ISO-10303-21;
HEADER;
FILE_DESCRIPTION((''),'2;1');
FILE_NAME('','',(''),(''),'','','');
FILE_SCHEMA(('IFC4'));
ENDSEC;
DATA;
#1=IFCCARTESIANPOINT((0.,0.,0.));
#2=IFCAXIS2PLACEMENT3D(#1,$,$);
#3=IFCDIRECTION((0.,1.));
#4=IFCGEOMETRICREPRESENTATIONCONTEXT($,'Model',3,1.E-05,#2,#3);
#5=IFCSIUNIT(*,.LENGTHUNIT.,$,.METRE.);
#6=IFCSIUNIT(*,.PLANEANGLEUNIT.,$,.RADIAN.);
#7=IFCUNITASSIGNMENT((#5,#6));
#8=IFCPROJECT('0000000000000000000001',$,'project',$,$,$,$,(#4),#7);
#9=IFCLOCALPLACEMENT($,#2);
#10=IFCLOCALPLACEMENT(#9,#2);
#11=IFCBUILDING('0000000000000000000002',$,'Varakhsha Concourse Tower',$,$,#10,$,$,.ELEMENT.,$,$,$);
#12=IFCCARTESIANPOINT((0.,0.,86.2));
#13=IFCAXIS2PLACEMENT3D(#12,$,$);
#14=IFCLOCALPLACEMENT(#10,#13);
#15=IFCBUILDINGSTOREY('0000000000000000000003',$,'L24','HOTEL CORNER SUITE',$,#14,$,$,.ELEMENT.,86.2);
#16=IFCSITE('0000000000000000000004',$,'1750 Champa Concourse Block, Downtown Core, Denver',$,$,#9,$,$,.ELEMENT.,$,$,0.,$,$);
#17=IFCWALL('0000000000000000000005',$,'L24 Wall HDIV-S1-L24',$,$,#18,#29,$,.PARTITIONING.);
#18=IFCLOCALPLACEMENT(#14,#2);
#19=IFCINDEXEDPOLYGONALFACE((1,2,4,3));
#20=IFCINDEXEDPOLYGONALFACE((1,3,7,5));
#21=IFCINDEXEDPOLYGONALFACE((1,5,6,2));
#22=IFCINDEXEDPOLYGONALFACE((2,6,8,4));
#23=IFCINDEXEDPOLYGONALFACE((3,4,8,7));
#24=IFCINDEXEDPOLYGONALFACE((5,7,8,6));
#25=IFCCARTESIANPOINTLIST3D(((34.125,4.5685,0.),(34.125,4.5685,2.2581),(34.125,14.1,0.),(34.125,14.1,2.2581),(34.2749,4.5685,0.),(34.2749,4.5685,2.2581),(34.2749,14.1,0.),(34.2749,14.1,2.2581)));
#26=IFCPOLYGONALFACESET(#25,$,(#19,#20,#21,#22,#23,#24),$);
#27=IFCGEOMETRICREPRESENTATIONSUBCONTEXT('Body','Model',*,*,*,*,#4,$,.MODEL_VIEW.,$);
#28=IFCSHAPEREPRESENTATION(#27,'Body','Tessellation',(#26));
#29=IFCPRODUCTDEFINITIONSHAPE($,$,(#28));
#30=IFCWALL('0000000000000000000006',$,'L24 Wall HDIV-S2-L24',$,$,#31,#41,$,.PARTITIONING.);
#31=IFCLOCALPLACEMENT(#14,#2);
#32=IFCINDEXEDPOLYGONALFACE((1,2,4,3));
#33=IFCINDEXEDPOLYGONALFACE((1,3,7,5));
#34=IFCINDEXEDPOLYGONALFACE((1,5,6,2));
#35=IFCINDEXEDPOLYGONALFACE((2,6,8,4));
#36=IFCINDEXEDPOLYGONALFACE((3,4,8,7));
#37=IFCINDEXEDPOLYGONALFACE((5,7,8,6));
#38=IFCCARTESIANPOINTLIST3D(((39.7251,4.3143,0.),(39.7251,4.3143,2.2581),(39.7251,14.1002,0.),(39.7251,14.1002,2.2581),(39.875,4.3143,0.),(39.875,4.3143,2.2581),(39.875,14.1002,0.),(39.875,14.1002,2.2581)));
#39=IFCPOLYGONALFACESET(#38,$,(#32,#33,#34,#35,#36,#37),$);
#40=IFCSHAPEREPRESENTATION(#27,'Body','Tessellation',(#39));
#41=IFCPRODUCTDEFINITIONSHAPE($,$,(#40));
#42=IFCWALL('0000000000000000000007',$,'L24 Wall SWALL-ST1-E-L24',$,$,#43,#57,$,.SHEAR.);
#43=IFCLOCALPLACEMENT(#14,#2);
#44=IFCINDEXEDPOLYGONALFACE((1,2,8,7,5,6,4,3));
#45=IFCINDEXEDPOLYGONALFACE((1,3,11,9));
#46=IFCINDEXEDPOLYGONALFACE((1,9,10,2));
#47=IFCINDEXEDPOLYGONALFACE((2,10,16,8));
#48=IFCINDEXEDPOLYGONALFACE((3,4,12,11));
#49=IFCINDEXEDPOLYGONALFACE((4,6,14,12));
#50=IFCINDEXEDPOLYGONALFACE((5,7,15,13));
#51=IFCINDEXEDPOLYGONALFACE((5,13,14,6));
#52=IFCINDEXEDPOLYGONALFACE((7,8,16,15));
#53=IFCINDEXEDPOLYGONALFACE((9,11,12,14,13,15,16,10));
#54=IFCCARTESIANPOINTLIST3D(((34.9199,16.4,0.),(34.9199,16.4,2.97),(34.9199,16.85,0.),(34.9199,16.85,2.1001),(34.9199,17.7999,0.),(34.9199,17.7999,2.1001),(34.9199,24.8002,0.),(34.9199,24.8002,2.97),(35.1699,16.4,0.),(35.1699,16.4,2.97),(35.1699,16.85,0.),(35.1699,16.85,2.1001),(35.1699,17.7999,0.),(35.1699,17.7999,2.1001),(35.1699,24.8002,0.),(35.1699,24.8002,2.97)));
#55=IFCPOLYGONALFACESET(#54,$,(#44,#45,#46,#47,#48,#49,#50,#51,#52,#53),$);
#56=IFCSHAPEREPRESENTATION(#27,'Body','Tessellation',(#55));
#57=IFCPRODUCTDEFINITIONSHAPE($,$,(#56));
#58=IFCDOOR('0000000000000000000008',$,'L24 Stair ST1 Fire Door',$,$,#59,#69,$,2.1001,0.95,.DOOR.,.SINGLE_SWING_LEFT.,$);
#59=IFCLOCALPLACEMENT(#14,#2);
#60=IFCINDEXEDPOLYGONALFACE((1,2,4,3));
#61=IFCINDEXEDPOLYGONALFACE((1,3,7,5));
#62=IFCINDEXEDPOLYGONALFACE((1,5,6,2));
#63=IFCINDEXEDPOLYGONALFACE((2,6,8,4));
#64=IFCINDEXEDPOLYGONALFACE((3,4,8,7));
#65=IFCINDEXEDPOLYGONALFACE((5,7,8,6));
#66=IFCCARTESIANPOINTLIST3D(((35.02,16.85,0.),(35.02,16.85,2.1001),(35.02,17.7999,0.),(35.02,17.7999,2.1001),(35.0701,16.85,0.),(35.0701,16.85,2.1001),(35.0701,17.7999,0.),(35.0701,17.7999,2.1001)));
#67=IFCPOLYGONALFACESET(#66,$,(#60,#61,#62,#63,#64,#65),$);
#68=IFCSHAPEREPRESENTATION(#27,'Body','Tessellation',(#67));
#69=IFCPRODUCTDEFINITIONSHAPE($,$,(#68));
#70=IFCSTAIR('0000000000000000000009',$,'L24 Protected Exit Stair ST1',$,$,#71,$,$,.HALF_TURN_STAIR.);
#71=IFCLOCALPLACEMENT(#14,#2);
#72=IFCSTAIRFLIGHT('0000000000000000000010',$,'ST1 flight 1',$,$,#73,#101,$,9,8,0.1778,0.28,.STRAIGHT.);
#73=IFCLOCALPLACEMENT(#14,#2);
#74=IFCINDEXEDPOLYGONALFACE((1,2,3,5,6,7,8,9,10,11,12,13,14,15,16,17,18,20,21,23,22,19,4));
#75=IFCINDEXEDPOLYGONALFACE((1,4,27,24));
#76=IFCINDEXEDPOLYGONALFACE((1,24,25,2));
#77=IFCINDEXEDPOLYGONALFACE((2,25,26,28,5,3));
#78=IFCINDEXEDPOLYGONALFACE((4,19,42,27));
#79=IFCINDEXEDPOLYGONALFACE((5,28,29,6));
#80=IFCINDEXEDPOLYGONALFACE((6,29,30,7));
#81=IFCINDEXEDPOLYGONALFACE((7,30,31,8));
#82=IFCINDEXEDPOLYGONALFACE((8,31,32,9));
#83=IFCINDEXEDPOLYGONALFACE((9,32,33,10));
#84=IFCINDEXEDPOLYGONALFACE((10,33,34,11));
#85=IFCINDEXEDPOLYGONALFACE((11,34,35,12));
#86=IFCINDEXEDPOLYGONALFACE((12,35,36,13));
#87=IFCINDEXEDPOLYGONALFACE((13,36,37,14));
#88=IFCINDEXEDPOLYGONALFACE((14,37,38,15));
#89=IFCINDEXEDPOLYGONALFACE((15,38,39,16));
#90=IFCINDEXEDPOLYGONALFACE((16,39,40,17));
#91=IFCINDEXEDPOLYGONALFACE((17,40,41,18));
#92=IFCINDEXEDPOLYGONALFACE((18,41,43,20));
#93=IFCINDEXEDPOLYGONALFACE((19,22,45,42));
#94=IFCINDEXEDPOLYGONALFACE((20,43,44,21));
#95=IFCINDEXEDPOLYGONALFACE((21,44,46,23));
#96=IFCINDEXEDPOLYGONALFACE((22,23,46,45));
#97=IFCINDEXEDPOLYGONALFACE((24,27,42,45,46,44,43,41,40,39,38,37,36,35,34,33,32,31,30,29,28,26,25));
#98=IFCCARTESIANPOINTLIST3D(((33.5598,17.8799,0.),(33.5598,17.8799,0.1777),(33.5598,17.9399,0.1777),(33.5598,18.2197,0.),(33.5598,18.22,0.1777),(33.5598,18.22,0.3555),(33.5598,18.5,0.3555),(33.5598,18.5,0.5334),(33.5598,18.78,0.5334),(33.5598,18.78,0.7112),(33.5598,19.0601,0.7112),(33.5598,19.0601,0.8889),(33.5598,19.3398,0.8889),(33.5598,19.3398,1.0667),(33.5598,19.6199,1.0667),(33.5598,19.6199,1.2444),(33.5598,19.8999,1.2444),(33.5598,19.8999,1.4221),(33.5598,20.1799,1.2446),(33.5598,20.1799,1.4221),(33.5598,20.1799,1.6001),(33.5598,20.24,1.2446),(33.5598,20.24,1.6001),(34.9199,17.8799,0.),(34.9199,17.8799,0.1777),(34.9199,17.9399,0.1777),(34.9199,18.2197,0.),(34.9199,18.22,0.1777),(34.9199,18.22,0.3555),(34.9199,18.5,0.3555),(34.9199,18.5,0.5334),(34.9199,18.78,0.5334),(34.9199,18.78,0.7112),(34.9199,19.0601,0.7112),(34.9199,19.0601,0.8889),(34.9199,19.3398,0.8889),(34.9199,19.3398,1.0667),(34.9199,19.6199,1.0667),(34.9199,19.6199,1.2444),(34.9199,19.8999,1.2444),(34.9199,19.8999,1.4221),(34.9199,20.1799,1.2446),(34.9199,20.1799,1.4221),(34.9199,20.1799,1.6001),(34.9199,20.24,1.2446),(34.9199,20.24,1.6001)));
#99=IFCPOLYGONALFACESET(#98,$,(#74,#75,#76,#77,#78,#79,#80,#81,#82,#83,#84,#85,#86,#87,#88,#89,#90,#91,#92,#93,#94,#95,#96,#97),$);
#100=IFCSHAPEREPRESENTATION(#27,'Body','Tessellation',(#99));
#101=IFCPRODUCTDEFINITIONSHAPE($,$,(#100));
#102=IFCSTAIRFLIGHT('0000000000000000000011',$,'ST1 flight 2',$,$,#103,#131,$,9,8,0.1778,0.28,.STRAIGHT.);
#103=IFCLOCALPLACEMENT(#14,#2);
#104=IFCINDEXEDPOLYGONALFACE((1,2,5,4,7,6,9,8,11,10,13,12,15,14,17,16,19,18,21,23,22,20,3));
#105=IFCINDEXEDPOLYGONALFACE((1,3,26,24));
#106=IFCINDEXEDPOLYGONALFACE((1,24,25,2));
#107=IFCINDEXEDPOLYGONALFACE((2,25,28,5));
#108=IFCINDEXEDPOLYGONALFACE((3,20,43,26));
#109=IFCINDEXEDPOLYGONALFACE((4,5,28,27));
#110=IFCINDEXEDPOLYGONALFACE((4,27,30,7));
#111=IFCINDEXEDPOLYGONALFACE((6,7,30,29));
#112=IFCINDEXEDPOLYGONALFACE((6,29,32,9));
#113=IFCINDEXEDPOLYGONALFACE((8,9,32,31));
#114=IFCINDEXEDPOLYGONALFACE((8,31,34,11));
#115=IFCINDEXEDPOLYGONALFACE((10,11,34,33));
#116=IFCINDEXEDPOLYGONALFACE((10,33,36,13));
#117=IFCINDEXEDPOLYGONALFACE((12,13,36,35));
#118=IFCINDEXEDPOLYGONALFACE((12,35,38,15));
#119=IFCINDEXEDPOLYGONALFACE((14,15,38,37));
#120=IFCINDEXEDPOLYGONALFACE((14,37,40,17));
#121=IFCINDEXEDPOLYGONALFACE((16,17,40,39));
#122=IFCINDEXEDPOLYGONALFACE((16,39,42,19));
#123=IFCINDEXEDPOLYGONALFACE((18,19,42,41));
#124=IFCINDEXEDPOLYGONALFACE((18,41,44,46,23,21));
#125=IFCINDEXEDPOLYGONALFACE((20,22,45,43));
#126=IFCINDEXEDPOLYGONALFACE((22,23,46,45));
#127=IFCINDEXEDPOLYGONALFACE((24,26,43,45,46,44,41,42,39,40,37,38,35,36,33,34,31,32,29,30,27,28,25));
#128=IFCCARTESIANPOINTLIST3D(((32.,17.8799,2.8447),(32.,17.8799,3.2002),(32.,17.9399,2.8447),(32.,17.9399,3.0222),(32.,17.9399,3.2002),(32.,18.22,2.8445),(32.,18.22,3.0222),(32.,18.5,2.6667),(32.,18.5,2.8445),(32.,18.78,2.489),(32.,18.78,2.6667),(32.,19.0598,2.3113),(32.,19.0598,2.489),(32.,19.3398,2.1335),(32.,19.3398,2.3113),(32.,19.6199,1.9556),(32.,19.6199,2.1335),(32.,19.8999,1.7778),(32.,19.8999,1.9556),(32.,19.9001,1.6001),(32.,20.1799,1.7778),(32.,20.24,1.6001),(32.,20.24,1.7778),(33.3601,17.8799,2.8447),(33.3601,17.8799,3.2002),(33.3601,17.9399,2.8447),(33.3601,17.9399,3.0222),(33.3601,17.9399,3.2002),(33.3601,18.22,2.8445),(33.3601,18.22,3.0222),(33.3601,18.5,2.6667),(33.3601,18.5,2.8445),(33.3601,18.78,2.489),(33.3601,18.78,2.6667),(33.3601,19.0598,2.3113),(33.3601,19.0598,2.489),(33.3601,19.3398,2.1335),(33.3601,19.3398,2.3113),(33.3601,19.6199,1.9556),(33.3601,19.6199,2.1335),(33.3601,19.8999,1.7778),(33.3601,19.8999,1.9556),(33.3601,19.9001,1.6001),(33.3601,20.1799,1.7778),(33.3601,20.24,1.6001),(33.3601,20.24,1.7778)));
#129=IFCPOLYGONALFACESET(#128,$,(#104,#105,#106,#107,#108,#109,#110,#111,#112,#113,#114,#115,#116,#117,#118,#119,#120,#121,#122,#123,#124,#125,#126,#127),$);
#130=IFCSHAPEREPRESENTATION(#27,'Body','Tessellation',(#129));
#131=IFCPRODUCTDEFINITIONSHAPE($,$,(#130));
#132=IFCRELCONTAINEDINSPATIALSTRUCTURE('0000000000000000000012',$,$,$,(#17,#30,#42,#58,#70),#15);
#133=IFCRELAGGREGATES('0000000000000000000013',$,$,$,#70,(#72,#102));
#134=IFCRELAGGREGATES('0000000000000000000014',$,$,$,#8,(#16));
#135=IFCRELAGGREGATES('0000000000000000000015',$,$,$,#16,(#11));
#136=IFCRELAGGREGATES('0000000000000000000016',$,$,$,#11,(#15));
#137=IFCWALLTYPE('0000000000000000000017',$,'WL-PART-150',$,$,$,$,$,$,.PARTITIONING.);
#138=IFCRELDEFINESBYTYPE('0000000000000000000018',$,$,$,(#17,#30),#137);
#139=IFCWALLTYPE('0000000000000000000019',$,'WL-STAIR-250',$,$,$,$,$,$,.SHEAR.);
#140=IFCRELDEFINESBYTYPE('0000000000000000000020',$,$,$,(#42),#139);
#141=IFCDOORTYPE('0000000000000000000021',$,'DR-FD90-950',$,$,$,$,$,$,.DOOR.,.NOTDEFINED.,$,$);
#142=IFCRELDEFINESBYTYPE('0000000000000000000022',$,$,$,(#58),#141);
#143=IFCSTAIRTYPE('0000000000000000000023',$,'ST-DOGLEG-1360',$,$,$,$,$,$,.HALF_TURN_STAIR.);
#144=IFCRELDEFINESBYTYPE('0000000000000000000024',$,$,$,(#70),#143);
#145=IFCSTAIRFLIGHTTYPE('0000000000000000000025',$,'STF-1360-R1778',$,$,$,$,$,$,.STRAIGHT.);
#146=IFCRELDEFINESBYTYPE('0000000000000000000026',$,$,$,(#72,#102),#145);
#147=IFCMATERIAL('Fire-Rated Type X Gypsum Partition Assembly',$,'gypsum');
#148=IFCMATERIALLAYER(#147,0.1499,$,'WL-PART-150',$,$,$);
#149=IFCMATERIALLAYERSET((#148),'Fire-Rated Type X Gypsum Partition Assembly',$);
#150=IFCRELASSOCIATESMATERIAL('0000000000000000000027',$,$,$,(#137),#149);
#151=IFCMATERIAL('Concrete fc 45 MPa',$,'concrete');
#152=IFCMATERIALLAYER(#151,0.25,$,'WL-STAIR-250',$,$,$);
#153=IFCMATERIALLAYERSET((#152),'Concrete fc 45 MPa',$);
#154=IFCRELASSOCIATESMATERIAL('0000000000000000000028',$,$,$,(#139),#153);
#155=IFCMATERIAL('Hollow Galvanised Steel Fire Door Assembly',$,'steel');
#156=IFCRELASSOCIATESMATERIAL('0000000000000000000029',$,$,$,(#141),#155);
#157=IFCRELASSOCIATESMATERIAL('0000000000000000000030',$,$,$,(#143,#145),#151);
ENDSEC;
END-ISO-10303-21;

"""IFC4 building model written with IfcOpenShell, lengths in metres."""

from ifc_helpers import new_model, si_unit, direction, frame, frame_2d, origin, place, context, subcontext, project, spatial, polyline, rectangle, outline, extrude, material, layer, layer_set, type_object, element, fill, aggregate, save


model = new_model("IFC4")

# Units and contexts
model_context = context("Model", 3, precision=1e-05, world=origin(), true_north=direction((0.0, 1.0)))
body_context = subcontext(model_context, "Body", "Model", "MODEL_VIEW")
ifc_project = project(units=[si_unit("LENGTHUNIT", "METRE"), si_unit("PLANEANGLEUNIT", "RADIAN")], contexts=[model_context])

# Site, building, storey
site_placement = place(None, origin())
site = spatial("IfcSite", under=ifc_project, at=site_placement, Name="1750 Champa Concourse Block, Downtown Core, Denver", CompositionType="ELEMENT", RefElevation=0.0)
building_placement = place(site_placement, origin())
building = spatial("IfcBuilding", under=site, at=building_placement, Name="Varakhsha Concourse Tower", CompositionType="ELEMENT")
storey_placement = place(building_placement, frame((0.0, 0.0, 86.2)))
storey = spatial("IfcBuildingStorey", under=building, at=storey_placement, Name="L24", Description="HOTEL CORNER SUITE", CompositionType="ELEMENT", Elevation=86.2)

# Shared definitions
ifc_material_1 = material(Name="Fire-Rated Type X Gypsum Partition Assembly", Category="gypsum")
ifc_material_2 = material(Name="Hollow Galvanised Steel Fire Door Assembly", Category="steel")

# Walls
ifc_layer_1 = layer(ifc_material_1, 0.1499, Name="WL-PART-150")
ifc_layer_set_1 = layer_set([ifc_layer_1], Name="Fire-Rated Type X Gypsum Partition Assembly")
wall_type_1 = type_object("IfcWallType", Name="WL-PART-150", PredefinedType="PARTITIONING", material=ifc_layer_set_1)
wall_1_placement = place(storey_placement, frame((34.2, 4.5686, 0.0), z_axis=(0.0, 0.0, 1.0), x_axis=(0.0, 1.0, 0.0)))
element("IfcWall", 1, at=wall_1_placement, inside=storey, type_object=wall_type_1, Name="L24 Wall HDIV-S1-L24", PredefinedType="PARTITIONING", context=body_context, shape_type="SweptSolid", body=[
    extrude(rectangle(XDim=9.5315, YDim=0.1499, at=frame_2d((4.7656, 0.0))), origin(), (0.0, 0.0, 1.0), 2.2581),
])
wall_2_placement = place(storey_placement, frame((39.8, 4.3142, 0.0), z_axis=(0.0, 0.0, 1.0), x_axis=(0.0, 1.0, 0.0)))
element("IfcWall", 2, at=wall_2_placement, inside=storey, type_object=wall_type_1, Name="L24 Wall HDIV-S2-L24", PredefinedType="PARTITIONING", context=body_context, shape_type="SweptSolid", body=[
    extrude(rectangle(XDim=9.7859, YDim=0.1499, at=frame_2d((4.8931, 0.0))), origin(), (0.0, 0.0, 1.0), 2.2581),
])

# Wall, opening, door
ifc_material_3 = material(Name="Concrete fc 45 MPa", Category="concrete")
ifc_layer_2 = layer(ifc_material_3, 0.25, Name="WL-STAIR-250")
ifc_layer_set_2 = layer_set([ifc_layer_2], Name="Concrete fc 45 MPa")
wall_type_2 = type_object("IfcWallType", Name="WL-STAIR-250", PredefinedType="SHEAR", material=ifc_layer_set_2)
wall_3_placement = place(storey_placement, frame((35.0449, 16.3999, 0.0), z_axis=(0.0, 0.0, 1.0), x_axis=(0.0, 1.0, 0.0)))
wall_3 = element("IfcWall", 3, at=wall_3_placement, inside=storey, type_object=wall_type_2, Name="L24 Wall SWALL-ST1-E-L24", PredefinedType="SHEAR", context=body_context, shape_type="SweptSolid", body=[
    extrude(rectangle(XDim=8.4001, YDim=0.25, at=frame_2d((4.2002, 0.0))), origin(), (0.0, 0.0, 1.0), 2.97),
])
opening_1_placement = place(wall_3_placement, frame((0.45, 0.0, 0.0)))
opening_1 = element("IfcOpeningElement", 4, at=opening_1_placement, cuts=wall_3, PredefinedType="OPENING", context=body_context, shape_type="SweptSolid", body=[
    extrude(rectangle(XDim=0.95, YDim=2.1001, at=frame_2d((0.4751, 1.05))), frame((0.0, 0.135, 0.0), z_axis=(0.0, -1.0, 0.0), x_axis=(1.0, 0.0, 0.0)), (0.0, 0.0, 1.0), 0.27),
])
door_type_1 = type_object("IfcDoorType", Name="DR-FD90-950", OperationType="NOTDEFINED", PredefinedType="DOOR", material=ifc_material_2)
door_1_placement = place(opening_1_placement, origin())
door_1 = element("IfcDoor", 5, at=door_1_placement, inside=storey, type_object=door_type_1, Name="L24 Stair ST1 Fire Door", OperationType="SINGLE_SWING_LEFT", OverallHeight=2.1001, OverallWidth=0.95, PredefinedType="DOOR", context=body_context, shape_type="SweptSolid", body=[
    extrude(rectangle(XDim=0.95, YDim=2.1001, at=frame_2d((0.4751, 1.05))), frame((0.0, 0.0249, 0.0), z_axis=(0.0, -1.0, 0.0), x_axis=(1.0, 0.0, 0.0)), (0.0, 0.0, 1.0), 0.05),
])
fill(opening_1, door_1)

# Stair, stair flights
stair_type = type_object("IfcStairType", Name="ST-DOGLEG-1360", PredefinedType="HALF_TURN_STAIR", material=ifc_material_3)
stair_placement = place(storey_placement, origin())
stair = element("IfcStair", 6, at=stair_placement, inside=storey, type_object=stair_type, Name="L24 Protected Exit Stair ST1", PredefinedType="HALF_TURN_STAIR")
stair_flight_type = type_object("IfcStairFlightType", Name="STF-1360-R1778", PredefinedType="STRAIGHT", material=ifc_material_3)
stair_flight_1_placement = place(storey_placement, frame((34.24, 17.9399, 0.0), z_axis=(0.0, 0.0, 1.0), x_axis=(0.0, 1.0, 0.0)))
stair_flight_1 = element("IfcStairFlight", 7, at=stair_flight_1_placement, type_object=stair_flight_type, Name="ST1 flight 1", NumberOfRisers=9, NumberOfTreads=8, PredefinedType="STRAIGHT", RiserHeight=0.1778, TreadLength=0.28, context=body_context, shape_type="SweptSolid", body=[
    extrude(outline(polyline([(-0.0601, 0.0), (-0.0601, 0.1777), (0.0, 0.1777), (0.28, 0.1777), (0.28, 0.3555), (0.5601, 0.3555), (0.5601, 0.5334), (0.8401, 0.5334), (0.8401, 0.7112), (1.1201, 0.7112), (1.1201, 0.8889), (1.3999, 0.8889), (1.3999, 1.0667), (1.6799, 1.0667), (1.6799, 1.2444), (1.96, 1.2444), (1.96, 1.4221), (2.24, 1.4221), (2.24, 1.6001), (2.3, 1.6001), (2.3, 1.2446), (2.24, 1.2446), (0.2798, 0.0), (-0.0601, 0.0)])), frame((0.0, 0.6802, 0.0), z_axis=(0.0, -1.0, 0.0), x_axis=(1.0, 0.0, 0.0)), (0.0, 0.0, 1.0), 1.3601),
])
stair_flight_2_placement = place(storey_placement, frame((32.6799, 20.1799, 1.6001), z_axis=(0.0, 0.0, 1.0), x_axis=(0.0, -1.0, 0.0)))
stair_flight_2 = element("IfcStairFlight", 8, at=stair_flight_2_placement, type_object=stair_flight_type, Name="ST1 flight 2", NumberOfRisers=9, NumberOfTreads=8, PredefinedType="STRAIGHT", RiserHeight=0.1778, TreadLength=0.28, context=body_context, shape_type="SweptSolid", body=[
    extrude(outline(polyline([(-0.0601, 0.0), (-0.0601, 0.1777), (0.0, 0.1777), (0.28, 0.1777), (0.28, 0.3555), (0.5601, 0.3555), (0.5601, 0.5334), (0.8401, 0.5334), (0.8401, 0.7112), (1.1201, 0.7112), (1.1201, 0.8889), (1.3999, 0.8889), (1.3999, 1.0667), (1.6799, 1.0667), (1.6799, 1.2444), (1.96, 1.2444), (1.96, 1.4221), (2.24, 1.4221), (2.24, 1.6001), (2.3, 1.6001), (2.3, 1.2446), (2.24, 1.2446), (0.2798, 0.0), (-0.0601, 0.0)])), frame((0.0, 0.6802, 0.0), z_axis=(0.0, -1.0, 0.0), x_axis=(1.0, 0.0, 0.0)), (0.0, 0.0, 1.0), 1.3601),
])
aggregate(stair, [stair_flight_1, stair_flight_2])

save(model, "model.ifc")
